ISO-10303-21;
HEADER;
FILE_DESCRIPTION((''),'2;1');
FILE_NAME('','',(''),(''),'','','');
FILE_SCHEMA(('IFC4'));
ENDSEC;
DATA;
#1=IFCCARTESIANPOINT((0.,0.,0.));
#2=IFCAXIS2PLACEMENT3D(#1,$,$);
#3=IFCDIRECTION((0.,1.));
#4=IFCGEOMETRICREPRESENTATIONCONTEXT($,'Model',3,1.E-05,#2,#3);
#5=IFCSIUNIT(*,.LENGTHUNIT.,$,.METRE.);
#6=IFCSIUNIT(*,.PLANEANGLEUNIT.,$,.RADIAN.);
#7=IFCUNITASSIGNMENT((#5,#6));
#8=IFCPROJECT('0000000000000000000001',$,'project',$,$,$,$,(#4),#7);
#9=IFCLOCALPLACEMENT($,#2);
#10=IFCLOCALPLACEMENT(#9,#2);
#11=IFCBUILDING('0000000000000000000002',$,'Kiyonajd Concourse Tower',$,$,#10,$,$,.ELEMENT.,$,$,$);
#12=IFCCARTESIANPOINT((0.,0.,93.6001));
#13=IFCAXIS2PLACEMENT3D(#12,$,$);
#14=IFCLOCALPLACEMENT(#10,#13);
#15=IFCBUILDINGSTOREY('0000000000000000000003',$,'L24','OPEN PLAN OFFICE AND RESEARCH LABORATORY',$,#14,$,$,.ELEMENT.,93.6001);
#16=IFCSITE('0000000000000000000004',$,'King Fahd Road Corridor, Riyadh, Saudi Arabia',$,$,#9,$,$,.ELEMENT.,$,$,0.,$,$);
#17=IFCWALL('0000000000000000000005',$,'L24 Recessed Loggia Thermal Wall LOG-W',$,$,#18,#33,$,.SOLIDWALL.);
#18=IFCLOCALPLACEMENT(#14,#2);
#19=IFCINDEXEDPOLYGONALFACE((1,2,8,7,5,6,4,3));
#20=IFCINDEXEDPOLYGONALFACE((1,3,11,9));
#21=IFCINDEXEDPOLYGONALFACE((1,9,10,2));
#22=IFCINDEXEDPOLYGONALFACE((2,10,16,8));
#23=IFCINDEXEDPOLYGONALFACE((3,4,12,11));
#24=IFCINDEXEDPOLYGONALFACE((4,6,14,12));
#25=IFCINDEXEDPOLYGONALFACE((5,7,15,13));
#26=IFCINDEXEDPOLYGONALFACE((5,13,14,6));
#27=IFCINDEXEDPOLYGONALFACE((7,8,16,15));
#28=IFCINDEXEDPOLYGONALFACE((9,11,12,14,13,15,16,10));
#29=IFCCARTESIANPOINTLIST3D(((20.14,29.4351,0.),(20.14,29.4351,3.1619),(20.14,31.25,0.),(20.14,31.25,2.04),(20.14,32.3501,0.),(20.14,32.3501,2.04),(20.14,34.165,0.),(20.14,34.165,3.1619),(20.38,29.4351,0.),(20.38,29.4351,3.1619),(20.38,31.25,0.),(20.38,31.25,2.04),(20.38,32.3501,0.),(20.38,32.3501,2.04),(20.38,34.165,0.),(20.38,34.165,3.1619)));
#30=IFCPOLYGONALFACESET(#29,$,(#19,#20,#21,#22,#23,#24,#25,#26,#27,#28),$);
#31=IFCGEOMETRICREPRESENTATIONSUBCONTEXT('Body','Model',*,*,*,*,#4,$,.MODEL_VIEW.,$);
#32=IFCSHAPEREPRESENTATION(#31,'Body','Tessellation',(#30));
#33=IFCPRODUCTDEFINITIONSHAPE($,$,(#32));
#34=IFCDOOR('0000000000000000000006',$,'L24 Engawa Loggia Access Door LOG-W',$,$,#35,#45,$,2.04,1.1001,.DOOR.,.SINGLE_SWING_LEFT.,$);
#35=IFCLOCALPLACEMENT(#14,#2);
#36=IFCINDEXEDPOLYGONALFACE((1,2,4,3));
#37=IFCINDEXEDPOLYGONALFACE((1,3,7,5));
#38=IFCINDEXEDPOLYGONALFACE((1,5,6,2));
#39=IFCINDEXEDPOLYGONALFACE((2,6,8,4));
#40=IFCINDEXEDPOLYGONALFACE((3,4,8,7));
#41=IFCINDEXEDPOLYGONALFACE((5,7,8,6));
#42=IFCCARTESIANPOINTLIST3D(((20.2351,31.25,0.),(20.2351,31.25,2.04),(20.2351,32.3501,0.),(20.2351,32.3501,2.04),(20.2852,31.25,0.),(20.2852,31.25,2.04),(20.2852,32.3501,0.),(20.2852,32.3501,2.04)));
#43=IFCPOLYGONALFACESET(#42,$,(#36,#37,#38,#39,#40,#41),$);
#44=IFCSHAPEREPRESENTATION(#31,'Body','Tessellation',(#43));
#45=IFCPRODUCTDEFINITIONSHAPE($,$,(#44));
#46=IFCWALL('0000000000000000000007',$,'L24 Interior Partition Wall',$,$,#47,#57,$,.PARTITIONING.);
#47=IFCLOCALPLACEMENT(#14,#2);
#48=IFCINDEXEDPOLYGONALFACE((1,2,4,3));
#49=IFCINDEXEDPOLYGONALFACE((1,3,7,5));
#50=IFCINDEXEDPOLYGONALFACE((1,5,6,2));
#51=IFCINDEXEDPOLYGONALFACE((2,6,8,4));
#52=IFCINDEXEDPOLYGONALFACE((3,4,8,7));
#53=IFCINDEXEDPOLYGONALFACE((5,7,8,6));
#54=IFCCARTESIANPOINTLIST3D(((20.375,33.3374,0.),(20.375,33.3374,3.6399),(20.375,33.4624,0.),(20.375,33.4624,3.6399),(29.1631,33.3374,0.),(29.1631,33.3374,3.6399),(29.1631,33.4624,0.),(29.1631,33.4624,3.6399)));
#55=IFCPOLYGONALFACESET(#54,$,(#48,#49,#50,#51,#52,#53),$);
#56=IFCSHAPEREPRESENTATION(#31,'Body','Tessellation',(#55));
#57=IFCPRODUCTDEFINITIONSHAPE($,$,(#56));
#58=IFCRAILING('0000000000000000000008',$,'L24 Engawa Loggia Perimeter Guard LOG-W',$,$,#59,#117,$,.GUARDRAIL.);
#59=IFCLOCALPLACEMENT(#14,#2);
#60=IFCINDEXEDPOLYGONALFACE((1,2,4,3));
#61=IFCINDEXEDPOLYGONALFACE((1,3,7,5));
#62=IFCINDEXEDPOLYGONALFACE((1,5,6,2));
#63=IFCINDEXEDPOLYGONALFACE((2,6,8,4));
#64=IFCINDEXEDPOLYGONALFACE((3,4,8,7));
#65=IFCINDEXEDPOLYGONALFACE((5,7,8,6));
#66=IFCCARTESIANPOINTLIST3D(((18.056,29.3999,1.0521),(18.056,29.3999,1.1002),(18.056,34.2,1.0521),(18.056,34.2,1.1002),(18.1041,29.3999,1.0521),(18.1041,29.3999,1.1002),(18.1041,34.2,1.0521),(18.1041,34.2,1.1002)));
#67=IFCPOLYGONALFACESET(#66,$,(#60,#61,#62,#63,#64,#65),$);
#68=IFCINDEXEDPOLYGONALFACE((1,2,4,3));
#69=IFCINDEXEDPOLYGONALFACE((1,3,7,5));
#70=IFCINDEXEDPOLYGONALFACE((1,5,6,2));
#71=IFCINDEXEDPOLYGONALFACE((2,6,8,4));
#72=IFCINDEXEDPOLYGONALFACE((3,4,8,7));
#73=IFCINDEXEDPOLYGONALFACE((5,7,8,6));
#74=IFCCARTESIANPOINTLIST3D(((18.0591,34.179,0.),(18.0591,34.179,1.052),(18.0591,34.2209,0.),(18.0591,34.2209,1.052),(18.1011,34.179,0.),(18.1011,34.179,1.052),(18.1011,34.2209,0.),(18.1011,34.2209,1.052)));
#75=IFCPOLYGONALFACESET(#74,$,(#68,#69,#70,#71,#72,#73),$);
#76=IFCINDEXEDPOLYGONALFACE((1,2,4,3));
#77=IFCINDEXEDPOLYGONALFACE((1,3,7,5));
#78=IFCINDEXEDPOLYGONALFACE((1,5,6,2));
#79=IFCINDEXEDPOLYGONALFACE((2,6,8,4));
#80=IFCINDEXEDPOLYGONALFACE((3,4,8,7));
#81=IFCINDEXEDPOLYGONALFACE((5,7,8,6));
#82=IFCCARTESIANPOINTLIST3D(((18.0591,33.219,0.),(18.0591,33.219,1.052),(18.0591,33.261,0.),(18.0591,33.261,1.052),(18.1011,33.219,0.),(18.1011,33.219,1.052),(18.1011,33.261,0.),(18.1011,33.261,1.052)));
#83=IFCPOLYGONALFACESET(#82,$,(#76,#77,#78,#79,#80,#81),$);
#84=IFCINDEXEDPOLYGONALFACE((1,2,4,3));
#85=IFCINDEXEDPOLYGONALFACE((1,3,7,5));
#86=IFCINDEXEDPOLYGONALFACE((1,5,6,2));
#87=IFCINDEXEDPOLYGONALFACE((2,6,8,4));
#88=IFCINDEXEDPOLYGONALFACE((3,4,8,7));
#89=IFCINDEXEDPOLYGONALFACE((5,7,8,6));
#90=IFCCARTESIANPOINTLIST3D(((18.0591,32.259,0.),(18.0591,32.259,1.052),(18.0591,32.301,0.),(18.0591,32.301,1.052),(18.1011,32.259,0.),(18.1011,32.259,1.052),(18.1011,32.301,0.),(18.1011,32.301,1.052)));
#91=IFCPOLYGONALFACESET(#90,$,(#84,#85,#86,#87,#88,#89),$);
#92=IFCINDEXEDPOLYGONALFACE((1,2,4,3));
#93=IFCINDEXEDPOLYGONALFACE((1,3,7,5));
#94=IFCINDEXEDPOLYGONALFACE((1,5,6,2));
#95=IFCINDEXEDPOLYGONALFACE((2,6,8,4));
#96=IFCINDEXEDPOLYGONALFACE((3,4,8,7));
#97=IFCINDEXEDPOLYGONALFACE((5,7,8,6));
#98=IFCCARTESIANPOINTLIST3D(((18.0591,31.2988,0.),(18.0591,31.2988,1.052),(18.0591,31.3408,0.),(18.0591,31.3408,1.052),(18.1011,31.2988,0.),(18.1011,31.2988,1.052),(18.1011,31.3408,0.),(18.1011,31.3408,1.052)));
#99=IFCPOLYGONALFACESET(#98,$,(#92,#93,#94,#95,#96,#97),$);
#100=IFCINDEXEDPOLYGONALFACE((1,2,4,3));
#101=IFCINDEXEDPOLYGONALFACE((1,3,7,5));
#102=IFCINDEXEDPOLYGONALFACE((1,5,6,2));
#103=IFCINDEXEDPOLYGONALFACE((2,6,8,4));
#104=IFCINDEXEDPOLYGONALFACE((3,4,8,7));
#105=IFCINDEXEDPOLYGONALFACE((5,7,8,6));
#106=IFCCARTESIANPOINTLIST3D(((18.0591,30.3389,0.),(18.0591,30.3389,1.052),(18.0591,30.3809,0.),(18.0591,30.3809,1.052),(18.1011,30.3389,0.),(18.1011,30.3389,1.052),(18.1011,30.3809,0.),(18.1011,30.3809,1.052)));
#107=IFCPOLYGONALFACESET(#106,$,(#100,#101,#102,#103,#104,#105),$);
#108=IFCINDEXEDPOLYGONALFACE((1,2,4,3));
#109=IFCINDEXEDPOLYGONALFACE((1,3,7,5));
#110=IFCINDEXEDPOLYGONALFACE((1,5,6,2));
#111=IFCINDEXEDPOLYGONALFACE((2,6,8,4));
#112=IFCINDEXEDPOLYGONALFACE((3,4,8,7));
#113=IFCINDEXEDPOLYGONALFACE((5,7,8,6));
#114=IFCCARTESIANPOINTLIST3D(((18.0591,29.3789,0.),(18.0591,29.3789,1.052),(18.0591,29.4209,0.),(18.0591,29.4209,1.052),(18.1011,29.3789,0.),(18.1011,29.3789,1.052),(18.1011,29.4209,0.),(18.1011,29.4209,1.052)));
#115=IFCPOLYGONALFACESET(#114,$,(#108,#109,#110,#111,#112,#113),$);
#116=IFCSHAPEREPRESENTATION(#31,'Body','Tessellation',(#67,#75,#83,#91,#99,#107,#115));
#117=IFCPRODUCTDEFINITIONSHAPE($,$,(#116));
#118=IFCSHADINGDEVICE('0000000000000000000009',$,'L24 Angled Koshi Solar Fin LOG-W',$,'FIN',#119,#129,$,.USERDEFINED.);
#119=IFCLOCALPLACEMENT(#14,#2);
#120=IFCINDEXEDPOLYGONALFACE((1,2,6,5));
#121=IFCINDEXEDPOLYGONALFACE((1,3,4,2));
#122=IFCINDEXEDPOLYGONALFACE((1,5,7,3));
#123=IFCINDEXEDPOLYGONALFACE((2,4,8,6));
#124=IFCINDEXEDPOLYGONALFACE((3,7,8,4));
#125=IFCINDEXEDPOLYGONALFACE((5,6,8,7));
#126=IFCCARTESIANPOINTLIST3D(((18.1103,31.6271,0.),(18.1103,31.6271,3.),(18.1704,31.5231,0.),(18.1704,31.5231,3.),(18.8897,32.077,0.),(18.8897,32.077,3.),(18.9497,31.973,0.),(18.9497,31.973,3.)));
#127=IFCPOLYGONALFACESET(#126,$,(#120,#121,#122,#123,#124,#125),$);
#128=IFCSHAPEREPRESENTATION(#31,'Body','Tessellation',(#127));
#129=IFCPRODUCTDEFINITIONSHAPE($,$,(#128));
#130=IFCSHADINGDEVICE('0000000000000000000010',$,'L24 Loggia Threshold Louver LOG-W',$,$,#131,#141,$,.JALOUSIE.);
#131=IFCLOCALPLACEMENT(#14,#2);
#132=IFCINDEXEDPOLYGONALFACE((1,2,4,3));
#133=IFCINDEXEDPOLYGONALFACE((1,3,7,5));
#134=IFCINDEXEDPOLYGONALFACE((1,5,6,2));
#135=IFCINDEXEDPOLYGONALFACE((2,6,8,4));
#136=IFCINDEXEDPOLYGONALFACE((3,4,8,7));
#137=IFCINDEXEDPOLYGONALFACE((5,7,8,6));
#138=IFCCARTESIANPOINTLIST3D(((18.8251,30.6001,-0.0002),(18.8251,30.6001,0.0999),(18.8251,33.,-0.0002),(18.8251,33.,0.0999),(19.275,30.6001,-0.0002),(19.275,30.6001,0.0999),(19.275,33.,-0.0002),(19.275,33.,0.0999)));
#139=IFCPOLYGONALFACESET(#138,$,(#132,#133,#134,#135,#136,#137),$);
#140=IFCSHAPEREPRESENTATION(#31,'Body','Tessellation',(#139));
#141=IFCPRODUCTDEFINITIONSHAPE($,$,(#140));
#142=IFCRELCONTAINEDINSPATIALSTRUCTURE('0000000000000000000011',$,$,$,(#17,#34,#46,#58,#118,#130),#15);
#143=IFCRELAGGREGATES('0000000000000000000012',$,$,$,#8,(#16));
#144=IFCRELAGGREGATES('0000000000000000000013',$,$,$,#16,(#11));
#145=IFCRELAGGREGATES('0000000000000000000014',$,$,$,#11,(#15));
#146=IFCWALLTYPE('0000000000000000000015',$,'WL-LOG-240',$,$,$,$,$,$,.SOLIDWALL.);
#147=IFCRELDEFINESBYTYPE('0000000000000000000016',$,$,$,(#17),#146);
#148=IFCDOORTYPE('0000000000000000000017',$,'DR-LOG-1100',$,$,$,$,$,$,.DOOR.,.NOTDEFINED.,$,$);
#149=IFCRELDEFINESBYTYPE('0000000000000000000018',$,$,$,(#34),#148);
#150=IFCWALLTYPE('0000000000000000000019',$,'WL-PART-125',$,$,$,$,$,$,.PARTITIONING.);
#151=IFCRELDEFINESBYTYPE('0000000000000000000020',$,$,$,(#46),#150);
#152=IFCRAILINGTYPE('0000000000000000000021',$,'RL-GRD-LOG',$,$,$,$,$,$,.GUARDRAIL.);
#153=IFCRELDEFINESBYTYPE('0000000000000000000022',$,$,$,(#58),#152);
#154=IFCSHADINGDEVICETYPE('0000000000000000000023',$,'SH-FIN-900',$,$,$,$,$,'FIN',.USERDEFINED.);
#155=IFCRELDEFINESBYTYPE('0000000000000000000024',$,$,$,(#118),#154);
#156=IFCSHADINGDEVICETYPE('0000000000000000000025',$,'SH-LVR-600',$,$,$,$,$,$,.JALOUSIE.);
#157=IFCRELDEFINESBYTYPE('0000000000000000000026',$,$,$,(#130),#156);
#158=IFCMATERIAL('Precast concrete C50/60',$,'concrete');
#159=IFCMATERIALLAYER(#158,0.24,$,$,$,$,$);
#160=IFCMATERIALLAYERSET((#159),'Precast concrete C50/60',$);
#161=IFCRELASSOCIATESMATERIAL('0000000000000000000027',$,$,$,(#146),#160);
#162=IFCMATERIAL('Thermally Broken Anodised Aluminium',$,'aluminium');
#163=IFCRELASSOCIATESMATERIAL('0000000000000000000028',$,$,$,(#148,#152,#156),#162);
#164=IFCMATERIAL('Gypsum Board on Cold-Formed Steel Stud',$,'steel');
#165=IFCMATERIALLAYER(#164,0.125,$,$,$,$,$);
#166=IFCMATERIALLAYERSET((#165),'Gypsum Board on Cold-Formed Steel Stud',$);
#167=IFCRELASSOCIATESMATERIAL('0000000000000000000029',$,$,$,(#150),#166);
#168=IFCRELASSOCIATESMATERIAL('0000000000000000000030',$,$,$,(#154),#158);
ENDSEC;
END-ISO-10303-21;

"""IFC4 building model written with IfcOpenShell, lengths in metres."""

from ifc_helpers import new_model, si_unit, direction, frame, frame_2d, origin, origin_2d, place, context, subcontext, project, spatial, rectangle, extrude, material, layer, layer_set, type_object, element, fill, save


model = new_model("IFC4")

# Units and contexts
model_context = context("Model", 3, precision=1e-05, world=origin(), true_north=direction((0.0, 1.0)))
body_context = subcontext(model_context, "Body", "Model", "MODEL_VIEW")
ifc_project = project(units=[si_unit("LENGTHUNIT", "METRE"), si_unit("PLANEANGLEUNIT", "RADIAN")], contexts=[model_context])

# Site, building, storey
site_placement = place(None, origin())
site = spatial("IfcSite", under=ifc_project, at=site_placement, Name="King Fahd Road Corridor, Riyadh, Saudi Arabia", CompositionType="ELEMENT", RefElevation=0.0)
building_placement = place(site_placement, origin())
building = spatial("IfcBuilding", under=site, at=building_placement, Name="Kiyonajd Concourse Tower", CompositionType="ELEMENT")
storey_placement = place(building_placement, frame((0.0, 0.0, 93.6001)))
storey = spatial("IfcBuildingStorey", under=building, at=storey_placement, Name="L24", Description="OPEN PLAN OFFICE AND RESEARCH LABORATORY", CompositionType="ELEMENT", Elevation=93.6001)

# Shared definitions
ifc_material_1 = material(Name="Precast concrete C50/60", Category="concrete")

# Shared definitions
ifc_material_2 = material(Name="Thermally Broken Anodised Aluminium", Category="aluminium")

# Wall, opening, door
ifc_layer_1 = layer(ifc_material_1, 0.24)
ifc_layer_set_1 = layer_set([ifc_layer_1], Name="Precast concrete C50/60")
wall_type_1 = type_object("IfcWallType", Name="WL-LOG-240", PredefinedType="SOLIDWALL", material=ifc_layer_set_1)
wall_1_placement = place(storey_placement, frame((20.26, 29.4351, 0.0), z_axis=(0.0, 0.0, 1.0), x_axis=(0.0, 1.0, 0.0)))
wall_1 = element("IfcWall", 1, at=wall_1_placement, inside=storey, type_object=wall_type_1, Name="L24 Recessed Loggia Thermal Wall LOG-W", PredefinedType="SOLIDWALL", context=body_context, shape_type="SweptSolid", body=[
    extrude(rectangle(XDim=4.73, YDim=0.24, at=frame_2d((2.365, 0.0))), origin(), (0.0, 0.0, 1.0), 3.1619),
])
opening_placement = place(wall_1_placement, frame((1.8149, 0.0, 0.0)))
opening = element("IfcOpeningElement", 2, at=opening_placement, cuts=wall_1, PredefinedType="OPENING", context=body_context, shape_type="SweptSolid", body=[
    extrude(rectangle(XDim=1.1001, YDim=2.04, at=frame_2d((0.55, 1.02))), frame((0.0, 0.1299, 0.0), z_axis=(0.0, -1.0, 0.0), x_axis=(1.0, 0.0, 0.0)), (0.0, 0.0, 1.0), 0.26),
])
door_type = type_object("IfcDoorType", Name="DR-LOG-1100", OperationType="NOTDEFINED", PredefinedType="DOOR", material=ifc_material_2)
door_placement = place(opening_placement, origin())
door = element("IfcDoor", 3, at=door_placement, inside=storey, type_object=door_type, Name="L24 Engawa Loggia Access Door LOG-W", OperationType="SINGLE_SWING_LEFT", OverallHeight=2.04, OverallWidth=1.1001, PredefinedType="DOOR", context=body_context, shape_type="SweptSolid", body=[
    extrude(rectangle(XDim=1.1001, YDim=2.04, at=frame_2d((0.55, 1.02))), frame((0.0, 0.0249, 0.0), z_axis=(0.0, -1.0, 0.0), x_axis=(1.0, 0.0, 0.0)), (0.0, 0.0, 1.0), 0.05),
])
fill(opening, door)

# Wall
ifc_material_3 = material(Name="Gypsum Board on Cold-Formed Steel Stud", Category="steel")
ifc_layer_2 = layer(ifc_material_3, 0.125)
ifc_layer_set_2 = layer_set([ifc_layer_2], Name="Gypsum Board on Cold-Formed Steel Stud")
wall_type_2 = type_object("IfcWallType", Name="WL-PART-125", PredefinedType="PARTITIONING", material=ifc_layer_set_2)
wall_2_placement = place(storey_placement, frame((20.375, 33.3999, 0.0), z_axis=(0.0, 0.0, 1.0), x_axis=(1.0, 0.0, 0.0)))
element("IfcWall", 4, at=wall_2_placement, inside=storey, type_object=wall_type_2, Name="L24 Interior Partition Wall", PredefinedType="PARTITIONING", context=body_context, shape_type="SweptSolid", body=[
    extrude(rectangle(XDim=8.7881, YDim=0.125, at=frame_2d((4.394, 0.0))), origin(), (0.0, 0.0, 1.0), 3.6399),
])

# Railing
railing_type = type_object("IfcRailingType", Name="RL-GRD-LOG", PredefinedType="GUARDRAIL", material=ifc_material_2)
railing_placement = place(storey_placement, frame((18.0801, 34.2, 0.0)))
element("IfcRailing", 5, at=railing_placement, inside=storey, type_object=railing_type, Name="L24 Engawa Loggia Perimeter Guard LOG-W", PredefinedType="GUARDRAIL", context=body_context, shape_type="SweptSolid", body=[
    extrude(rectangle(XDim=0.0481, YDim=0.0481, at=origin_2d()), frame((0.0, 0.0, 1.0762), z_axis=(0.0, -1.0, 0.0), x_axis=(1.0, 0.0, 0.0)), (0.0, 0.0, 1.0), 4.8),
    extrude(rectangle(XDim=0.042, YDim=0.042, at=origin_2d()), origin(), (0.0, 0.0, 1.0), 1.052),
    extrude(rectangle(XDim=0.042, YDim=0.042, at=origin_2d()), frame((0.0, -0.96, 0.0)), (0.0, 0.0, 1.0), 1.052),
    extrude(rectangle(XDim=0.042, YDim=0.042, at=origin_2d()), frame((0.0, -1.9199, 0.0)), (0.0, 0.0, 1.0), 1.052),
    extrude(rectangle(XDim=0.042, YDim=0.042, at=origin_2d()), frame((0.0, -2.8801, 0.0)), (0.0, 0.0, 1.0), 1.052),
    extrude(rectangle(XDim=0.042, YDim=0.042, at=origin_2d()), frame((0.0, -3.8401, 0.0)), (0.0, 0.0, 1.0), 1.052),
    extrude(rectangle(XDim=0.042, YDim=0.042, at=origin_2d()), frame((0.0, -4.8, 0.0)), (0.0, 0.0, 1.0), 1.052),
])

# Shading devices
shading_device_type_1 = type_object("IfcShadingDeviceType", Name="SH-FIN-900", ElementType="FIN", PredefinedType="USERDEFINED", material=ifc_material_1)
shading_device_1_placement = place(storey_placement, frame((18.53, 31.8, 0.0), z_axis=(0.0, 0.0, 1.0), x_axis=(0.866025, 0.5, 0.0)))
element("IfcShadingDevice", 6, at=shading_device_1_placement, inside=storey, type_object=shading_device_type_1, Name="L24 Angled Koshi Solar Fin LOG-W", ObjectType="FIN", PredefinedType="USERDEFINED", context=body_context, shape_type="SweptSolid", body=[
    extrude(rectangle(XDim=0.8999, YDim=0.1201, at=origin_2d()), origin(), (0.0, 0.0, 1.0), 3.0),
])
shading_device_type_2 = type_object("IfcShadingDeviceType", Name="SH-LVR-600", PredefinedType="JALOUSIE", material=ifc_material_2)
shading_device_2_placement = place(storey_placement, frame((19.05, 31.8, -0.0002), z_axis=(0.0, 0.0, 1.0), x_axis=(0.0, 1.0, 0.0)))
element("IfcShadingDevice", 7, at=shading_device_2_placement, inside=storey, type_object=shading_device_type_2, Name="L24 Loggia Threshold Louver LOG-W", PredefinedType="JALOUSIE", context=body_context, shape_type="SweptSolid", body=[
    extrude(rectangle(XDim=2.3999, YDim=0.45, at=origin_2d()), origin(), (0.0, 0.0, 1.0), 0.1001),
])

save(model, "model.ifc")
